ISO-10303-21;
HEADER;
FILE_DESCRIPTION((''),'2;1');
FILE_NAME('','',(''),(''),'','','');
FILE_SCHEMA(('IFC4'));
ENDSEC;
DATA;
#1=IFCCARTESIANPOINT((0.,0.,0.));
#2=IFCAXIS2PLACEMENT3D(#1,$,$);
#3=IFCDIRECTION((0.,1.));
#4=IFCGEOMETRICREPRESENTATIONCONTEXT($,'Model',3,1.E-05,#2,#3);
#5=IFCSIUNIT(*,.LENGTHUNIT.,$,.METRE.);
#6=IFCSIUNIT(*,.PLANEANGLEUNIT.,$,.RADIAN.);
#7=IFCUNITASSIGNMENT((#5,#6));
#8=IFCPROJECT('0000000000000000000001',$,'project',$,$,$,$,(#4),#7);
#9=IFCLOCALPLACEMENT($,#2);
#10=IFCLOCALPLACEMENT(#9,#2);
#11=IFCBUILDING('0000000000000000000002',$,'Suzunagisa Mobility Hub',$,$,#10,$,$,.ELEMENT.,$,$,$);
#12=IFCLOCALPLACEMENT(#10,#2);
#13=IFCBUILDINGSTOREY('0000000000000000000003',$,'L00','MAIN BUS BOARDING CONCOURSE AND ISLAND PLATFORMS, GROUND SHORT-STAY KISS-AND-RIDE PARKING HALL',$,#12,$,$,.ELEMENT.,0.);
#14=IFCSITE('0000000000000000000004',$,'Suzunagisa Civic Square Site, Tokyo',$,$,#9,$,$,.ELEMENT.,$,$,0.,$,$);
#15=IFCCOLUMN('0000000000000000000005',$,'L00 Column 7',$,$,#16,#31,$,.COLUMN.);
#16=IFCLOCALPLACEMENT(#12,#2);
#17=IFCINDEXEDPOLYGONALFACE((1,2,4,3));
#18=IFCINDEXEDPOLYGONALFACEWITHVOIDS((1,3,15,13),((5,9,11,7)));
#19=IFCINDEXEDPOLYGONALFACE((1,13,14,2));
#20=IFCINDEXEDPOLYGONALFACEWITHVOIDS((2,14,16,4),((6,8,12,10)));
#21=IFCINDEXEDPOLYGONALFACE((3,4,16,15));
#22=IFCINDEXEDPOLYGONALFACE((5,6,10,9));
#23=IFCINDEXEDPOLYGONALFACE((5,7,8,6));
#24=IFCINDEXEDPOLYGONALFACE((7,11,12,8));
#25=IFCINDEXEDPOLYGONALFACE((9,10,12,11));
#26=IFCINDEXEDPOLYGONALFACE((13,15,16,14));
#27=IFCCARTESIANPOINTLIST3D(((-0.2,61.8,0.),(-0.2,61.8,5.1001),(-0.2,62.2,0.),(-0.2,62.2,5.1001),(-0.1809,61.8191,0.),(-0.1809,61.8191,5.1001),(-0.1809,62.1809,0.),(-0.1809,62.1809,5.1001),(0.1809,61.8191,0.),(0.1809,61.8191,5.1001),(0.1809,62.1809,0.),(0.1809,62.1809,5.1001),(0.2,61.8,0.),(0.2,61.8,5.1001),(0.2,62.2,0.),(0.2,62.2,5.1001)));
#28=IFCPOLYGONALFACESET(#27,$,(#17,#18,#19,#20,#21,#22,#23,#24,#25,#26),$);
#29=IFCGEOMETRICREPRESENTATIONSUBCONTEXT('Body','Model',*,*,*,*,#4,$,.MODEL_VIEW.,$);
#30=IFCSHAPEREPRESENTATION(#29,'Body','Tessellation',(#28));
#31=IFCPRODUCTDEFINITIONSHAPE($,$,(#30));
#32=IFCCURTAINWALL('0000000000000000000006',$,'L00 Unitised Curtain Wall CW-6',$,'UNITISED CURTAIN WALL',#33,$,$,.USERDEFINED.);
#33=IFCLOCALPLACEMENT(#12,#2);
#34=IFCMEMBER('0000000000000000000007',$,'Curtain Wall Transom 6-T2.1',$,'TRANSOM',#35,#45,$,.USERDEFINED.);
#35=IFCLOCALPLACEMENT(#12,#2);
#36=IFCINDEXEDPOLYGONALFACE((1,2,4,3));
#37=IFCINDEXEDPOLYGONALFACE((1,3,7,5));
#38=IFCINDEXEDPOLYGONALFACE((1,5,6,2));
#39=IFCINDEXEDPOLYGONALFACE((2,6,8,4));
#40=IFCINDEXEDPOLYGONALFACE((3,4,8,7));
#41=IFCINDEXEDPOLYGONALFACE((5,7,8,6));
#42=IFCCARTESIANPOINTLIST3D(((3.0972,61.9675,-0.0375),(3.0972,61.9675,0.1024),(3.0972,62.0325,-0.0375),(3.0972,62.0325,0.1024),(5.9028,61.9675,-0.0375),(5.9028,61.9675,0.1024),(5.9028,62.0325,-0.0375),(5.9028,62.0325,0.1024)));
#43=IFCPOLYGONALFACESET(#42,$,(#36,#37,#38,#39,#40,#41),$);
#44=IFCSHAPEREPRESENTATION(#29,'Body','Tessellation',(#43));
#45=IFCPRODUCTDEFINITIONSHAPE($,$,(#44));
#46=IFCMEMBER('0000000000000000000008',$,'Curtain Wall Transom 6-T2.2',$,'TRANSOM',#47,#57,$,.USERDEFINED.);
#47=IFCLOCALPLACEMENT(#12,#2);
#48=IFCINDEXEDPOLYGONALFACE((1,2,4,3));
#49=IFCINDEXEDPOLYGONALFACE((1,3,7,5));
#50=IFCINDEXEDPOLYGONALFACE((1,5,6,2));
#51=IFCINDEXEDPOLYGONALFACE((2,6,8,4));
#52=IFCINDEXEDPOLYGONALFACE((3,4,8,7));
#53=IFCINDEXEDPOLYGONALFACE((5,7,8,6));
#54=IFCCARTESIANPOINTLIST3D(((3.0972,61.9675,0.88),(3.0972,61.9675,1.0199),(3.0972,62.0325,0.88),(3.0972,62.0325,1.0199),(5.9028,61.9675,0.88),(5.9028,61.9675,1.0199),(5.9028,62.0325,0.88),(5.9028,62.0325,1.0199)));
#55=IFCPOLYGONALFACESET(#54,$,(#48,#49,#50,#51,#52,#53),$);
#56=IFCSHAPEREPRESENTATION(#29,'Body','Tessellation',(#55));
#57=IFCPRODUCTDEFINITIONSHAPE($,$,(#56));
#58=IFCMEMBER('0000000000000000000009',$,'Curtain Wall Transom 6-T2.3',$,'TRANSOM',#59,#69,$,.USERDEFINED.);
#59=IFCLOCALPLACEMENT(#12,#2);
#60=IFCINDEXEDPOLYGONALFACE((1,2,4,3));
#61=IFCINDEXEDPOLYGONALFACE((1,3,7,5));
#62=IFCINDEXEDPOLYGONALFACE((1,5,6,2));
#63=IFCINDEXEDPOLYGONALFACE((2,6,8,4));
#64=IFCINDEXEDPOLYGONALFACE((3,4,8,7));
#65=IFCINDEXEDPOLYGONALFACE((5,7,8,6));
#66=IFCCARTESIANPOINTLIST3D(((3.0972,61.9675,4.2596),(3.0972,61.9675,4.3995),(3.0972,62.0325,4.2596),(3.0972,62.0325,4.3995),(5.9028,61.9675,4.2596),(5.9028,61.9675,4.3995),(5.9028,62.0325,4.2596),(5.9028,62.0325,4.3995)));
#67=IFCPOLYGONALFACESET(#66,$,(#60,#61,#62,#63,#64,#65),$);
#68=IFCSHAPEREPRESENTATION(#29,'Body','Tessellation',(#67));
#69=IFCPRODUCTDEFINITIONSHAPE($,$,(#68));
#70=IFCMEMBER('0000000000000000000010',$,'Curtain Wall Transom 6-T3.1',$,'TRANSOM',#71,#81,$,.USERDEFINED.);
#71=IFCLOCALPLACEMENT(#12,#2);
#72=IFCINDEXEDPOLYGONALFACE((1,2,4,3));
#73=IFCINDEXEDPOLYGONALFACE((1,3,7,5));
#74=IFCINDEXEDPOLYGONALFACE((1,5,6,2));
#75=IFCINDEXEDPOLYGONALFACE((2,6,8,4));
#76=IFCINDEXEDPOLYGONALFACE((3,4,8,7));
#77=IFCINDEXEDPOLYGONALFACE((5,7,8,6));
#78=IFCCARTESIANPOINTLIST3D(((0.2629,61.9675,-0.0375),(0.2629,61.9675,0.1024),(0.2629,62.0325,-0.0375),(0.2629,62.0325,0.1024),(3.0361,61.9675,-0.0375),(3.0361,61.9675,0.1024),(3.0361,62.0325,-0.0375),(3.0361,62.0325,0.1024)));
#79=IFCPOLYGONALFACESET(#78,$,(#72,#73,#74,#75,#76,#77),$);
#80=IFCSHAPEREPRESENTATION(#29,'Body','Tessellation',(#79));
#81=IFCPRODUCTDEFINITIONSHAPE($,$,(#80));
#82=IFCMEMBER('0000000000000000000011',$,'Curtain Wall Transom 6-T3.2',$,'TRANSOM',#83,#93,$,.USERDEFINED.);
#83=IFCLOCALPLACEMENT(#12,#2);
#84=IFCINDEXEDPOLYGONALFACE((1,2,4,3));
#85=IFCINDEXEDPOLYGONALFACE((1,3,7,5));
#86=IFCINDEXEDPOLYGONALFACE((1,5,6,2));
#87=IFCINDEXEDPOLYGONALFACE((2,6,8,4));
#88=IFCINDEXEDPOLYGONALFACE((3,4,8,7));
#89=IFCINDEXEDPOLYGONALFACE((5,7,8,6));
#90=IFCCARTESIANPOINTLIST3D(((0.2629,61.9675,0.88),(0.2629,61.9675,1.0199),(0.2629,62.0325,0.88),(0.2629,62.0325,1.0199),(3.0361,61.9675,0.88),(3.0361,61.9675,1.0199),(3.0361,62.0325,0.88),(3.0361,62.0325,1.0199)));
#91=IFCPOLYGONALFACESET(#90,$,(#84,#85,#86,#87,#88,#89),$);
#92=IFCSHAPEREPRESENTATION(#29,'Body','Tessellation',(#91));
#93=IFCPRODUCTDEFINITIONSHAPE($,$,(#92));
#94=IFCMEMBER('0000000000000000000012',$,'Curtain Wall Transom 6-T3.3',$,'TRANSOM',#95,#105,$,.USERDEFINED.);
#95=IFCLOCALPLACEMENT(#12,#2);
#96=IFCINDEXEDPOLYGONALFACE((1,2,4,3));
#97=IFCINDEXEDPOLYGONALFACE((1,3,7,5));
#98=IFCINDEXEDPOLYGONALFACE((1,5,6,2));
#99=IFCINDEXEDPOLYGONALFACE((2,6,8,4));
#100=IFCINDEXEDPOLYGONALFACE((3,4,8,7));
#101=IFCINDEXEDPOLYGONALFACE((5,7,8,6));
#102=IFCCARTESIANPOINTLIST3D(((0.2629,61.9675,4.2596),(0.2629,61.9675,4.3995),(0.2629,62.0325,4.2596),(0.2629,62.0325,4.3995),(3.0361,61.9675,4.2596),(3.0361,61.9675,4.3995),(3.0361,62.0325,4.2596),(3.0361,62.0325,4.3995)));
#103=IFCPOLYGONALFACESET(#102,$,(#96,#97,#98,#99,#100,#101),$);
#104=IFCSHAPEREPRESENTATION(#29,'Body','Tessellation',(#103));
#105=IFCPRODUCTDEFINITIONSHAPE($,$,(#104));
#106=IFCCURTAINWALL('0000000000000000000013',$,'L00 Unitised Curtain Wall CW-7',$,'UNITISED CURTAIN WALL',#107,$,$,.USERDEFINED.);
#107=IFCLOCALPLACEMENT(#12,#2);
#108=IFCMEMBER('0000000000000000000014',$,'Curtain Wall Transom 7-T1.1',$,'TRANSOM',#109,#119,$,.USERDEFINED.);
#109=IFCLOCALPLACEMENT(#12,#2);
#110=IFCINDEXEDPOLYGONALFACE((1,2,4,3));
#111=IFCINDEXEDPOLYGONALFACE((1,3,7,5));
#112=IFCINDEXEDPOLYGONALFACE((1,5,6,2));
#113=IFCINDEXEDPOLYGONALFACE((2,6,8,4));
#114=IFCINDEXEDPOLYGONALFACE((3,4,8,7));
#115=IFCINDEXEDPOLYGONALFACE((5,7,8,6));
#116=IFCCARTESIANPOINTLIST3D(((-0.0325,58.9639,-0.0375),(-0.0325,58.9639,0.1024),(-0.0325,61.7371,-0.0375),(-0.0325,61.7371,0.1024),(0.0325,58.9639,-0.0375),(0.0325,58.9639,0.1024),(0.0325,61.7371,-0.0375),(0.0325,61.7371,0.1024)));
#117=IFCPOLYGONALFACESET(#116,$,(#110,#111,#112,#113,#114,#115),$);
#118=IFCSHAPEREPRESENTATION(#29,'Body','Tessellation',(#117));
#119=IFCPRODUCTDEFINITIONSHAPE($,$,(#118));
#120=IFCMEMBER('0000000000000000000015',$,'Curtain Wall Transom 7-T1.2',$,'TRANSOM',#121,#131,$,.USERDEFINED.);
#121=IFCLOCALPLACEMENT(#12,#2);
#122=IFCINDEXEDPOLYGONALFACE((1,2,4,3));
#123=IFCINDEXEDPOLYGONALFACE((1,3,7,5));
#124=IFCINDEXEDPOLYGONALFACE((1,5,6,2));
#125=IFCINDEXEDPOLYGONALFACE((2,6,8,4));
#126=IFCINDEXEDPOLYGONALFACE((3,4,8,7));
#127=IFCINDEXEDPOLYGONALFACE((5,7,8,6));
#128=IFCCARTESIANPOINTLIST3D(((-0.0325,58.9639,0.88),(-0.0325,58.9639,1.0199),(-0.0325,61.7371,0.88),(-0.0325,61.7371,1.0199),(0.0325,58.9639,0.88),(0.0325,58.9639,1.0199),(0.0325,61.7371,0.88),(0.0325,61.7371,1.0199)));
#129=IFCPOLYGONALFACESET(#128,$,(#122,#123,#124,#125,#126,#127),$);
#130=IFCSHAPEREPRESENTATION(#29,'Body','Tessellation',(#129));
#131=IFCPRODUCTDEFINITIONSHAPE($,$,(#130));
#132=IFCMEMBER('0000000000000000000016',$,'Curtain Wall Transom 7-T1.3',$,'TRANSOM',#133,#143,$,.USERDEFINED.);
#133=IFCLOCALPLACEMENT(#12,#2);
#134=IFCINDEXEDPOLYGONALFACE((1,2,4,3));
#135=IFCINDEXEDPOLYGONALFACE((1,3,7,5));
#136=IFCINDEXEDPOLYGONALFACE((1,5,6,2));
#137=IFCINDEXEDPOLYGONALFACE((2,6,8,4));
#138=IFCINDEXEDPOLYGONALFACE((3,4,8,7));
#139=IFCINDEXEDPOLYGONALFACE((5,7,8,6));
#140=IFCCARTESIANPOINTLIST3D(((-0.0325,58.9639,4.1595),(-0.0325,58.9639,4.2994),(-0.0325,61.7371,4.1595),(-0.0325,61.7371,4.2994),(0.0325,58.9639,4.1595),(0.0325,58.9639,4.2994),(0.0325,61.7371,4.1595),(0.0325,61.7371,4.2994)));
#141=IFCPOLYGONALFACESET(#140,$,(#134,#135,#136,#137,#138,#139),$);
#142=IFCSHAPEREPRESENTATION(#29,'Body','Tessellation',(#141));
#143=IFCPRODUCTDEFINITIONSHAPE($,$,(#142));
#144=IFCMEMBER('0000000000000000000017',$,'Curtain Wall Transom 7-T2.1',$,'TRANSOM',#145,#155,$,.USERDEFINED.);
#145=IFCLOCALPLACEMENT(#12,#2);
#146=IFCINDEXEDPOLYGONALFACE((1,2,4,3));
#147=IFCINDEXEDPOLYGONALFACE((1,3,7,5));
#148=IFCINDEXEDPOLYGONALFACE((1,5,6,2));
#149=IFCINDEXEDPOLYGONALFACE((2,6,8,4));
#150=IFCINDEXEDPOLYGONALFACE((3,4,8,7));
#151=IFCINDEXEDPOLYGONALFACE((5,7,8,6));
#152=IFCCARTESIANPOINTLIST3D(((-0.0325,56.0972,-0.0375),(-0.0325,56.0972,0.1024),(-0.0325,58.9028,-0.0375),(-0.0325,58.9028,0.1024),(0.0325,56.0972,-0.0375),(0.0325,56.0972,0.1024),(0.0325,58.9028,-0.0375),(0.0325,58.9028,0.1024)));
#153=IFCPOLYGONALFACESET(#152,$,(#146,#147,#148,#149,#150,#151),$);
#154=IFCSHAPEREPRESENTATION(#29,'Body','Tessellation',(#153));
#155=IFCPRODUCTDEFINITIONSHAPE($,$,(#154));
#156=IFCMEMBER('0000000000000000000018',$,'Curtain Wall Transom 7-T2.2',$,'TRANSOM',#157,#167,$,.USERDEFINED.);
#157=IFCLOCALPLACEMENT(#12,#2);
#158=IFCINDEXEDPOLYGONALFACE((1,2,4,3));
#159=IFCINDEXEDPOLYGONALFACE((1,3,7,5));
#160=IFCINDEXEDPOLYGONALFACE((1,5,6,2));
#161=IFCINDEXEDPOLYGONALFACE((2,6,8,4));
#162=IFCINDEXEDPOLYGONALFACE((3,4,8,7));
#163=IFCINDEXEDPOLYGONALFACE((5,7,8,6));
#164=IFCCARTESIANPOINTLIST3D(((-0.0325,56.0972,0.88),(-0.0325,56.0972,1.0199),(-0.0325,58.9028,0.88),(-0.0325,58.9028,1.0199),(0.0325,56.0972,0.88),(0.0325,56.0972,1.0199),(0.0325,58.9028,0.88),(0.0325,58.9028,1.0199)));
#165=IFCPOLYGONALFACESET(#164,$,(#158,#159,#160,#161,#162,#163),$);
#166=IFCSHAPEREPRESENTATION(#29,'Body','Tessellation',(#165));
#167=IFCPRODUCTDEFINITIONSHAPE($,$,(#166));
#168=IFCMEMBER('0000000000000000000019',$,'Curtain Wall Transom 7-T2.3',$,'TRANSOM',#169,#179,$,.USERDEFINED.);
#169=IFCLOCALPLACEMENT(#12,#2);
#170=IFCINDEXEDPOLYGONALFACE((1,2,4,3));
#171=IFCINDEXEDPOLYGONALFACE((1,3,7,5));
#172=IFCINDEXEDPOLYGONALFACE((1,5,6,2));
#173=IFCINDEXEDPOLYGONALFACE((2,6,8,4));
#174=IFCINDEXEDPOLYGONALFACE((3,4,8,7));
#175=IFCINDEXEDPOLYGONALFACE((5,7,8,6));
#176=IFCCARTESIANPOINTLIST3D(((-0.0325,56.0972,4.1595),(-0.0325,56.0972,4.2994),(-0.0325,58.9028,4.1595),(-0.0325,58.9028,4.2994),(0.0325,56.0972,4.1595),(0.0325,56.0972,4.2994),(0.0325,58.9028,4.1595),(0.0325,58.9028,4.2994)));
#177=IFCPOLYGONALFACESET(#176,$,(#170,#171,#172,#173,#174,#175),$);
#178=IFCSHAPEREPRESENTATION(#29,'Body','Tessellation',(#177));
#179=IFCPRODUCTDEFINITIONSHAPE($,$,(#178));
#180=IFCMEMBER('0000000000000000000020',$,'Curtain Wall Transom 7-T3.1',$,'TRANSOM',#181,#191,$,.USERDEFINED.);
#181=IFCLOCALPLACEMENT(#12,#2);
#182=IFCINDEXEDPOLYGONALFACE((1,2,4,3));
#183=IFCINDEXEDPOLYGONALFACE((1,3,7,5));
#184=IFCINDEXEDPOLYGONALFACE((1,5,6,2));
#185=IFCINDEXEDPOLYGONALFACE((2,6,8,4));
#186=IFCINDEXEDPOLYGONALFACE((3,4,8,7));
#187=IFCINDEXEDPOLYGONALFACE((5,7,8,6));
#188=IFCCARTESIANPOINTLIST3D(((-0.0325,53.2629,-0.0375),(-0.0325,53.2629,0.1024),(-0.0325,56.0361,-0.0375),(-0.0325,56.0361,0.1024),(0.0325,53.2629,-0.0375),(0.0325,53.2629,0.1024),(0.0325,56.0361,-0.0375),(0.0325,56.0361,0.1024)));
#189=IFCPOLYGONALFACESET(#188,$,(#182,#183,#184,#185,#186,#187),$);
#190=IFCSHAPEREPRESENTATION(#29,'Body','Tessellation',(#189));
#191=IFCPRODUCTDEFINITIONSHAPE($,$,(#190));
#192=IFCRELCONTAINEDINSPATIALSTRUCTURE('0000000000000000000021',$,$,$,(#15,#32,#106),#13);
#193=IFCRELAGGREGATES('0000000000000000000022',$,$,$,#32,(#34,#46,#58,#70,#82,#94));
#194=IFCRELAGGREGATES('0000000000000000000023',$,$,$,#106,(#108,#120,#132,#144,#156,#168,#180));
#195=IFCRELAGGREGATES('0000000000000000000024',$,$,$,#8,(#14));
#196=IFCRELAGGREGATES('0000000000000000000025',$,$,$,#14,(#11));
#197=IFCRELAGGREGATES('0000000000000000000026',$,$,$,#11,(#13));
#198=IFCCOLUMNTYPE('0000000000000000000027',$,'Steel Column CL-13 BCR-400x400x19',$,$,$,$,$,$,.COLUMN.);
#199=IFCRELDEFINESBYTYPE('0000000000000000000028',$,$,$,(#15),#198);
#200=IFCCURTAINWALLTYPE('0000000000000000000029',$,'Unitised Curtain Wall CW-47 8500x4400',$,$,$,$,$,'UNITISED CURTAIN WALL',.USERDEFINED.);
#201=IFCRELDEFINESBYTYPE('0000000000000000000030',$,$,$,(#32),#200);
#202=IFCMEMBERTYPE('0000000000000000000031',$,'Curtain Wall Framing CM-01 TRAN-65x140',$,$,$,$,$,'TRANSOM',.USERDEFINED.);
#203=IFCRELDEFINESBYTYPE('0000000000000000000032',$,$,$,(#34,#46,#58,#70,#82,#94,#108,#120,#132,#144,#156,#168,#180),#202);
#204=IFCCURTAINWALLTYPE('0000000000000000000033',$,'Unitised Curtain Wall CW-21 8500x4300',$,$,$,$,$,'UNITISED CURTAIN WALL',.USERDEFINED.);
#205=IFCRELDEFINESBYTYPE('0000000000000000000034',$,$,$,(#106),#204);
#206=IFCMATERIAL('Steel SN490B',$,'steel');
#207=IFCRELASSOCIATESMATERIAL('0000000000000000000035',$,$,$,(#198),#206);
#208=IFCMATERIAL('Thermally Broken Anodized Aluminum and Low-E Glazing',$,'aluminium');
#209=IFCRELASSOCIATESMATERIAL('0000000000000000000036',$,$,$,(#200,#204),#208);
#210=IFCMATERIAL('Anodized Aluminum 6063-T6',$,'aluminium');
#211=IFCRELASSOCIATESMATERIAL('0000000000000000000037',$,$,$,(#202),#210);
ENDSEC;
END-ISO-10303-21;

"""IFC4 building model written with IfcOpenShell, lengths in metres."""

from ifc_helpers import new_model, si_unit, direction, frame, origin, origin_2d, place, context, subcontext, project, spatial, rectangle, hollow_rectangle, extrude, material, material_profile, profile_set, type_object, element, aggregate, save


model = new_model("IFC4")

# Units and contexts
model_context = context("Model", 3, precision=1e-05, world=origin(), true_north=direction((0.0, 1.0)))
body_context = subcontext(model_context, "Body", "Model", "MODEL_VIEW")
ifc_project = project(units=[si_unit("LENGTHUNIT", "METRE"), si_unit("PLANEANGLEUNIT", "RADIAN")], contexts=[model_context])

# Site, building, storey
site_placement = place(None, origin())
site = spatial("IfcSite", under=ifc_project, at=site_placement, Name="Suzunagisa Civic Square Site, Tokyo", CompositionType="ELEMENT", RefElevation=0.0)
building_placement = place(site_placement, origin())
building = spatial("IfcBuilding", under=site, at=building_placement, Name="Suzunagisa Mobility Hub", CompositionType="ELEMENT")
storey_placement = place(building_placement, origin())
storey = spatial("IfcBuildingStorey", under=building, at=storey_placement, Name="L00", Description="MAIN BUS BOARDING CONCOURSE AND ISLAND PLATFORMS, GROUND SHORT-STAY KISS-AND-RIDE PARKING HALL", CompositionType="ELEMENT", Elevation=0.0)

# Column
ifc_material_1 = material(Name="Steel SN490B", Category="steel")
ifc_material_profile_1 = material_profile(ifc_material_1, hollow_rectangle(XDim=0.3999, YDim=0.3999, WallThickness=0.019, at=origin_2d()), Name="BCR-400x400x19")
ifc_profile_set_1 = profile_set([ifc_material_profile_1], Name="Steel SN490B")
column_type = type_object("IfcColumnType", Name="Steel Column CL-13 BCR-400x400x19", PredefinedType="COLUMN", material=ifc_profile_set_1)
column_placement = place(storey_placement, frame((0.0, 62.0, 0.0), z_axis=(0.0, 0.0, 1.0), x_axis=(1.0, 0.0, 0.0)))
element("IfcColumn", 1, at=column_placement, inside=storey, type_object=column_type, Name="L00 Column 7", PredefinedType="COLUMN", context=body_context, shape_type="SweptSolid", body=[
    extrude(hollow_rectangle(XDim=0.3999, YDim=0.3999, WallThickness=0.019, at=origin_2d()), origin(), (0.0, 0.0, 1.0), 5.1001),
])

# Curtain walls, members
ifc_material_2 = material(Name="Thermally Broken Anodized Aluminum and Low-E Glazing", Category="aluminium")
curtain_wall_type_1 = type_object("IfcCurtainWallType", Name="Unitised Curtain Wall CW-47 8500x4400", ElementType="UNITISED CURTAIN WALL", PredefinedType="USERDEFINED", material=ifc_material_2)
curtain_wall_1_placement = place(storey_placement, origin())
curtain_wall_1 = element("IfcCurtainWall", 2, at=curtain_wall_1_placement, inside=storey, type_object=curtain_wall_type_1, Name="L00 Unitised Curtain Wall CW-6", ObjectType="UNITISED CURTAIN WALL", PredefinedType="USERDEFINED")
ifc_material_3 = material(Name="Anodized Aluminum 6063-T6", Category="aluminium")
ifc_material_profile_2 = material_profile(ifc_material_3, rectangle(XDim=0.0649, YDim=0.1399, at=origin_2d()), Name="TRAN-65x140")
ifc_profile_set_2 = profile_set([ifc_material_profile_2], Name="Anodized Aluminum 6063-T6")
member_type_1 = type_object("IfcMemberType", Name="Curtain Wall Framing CM-01 TRAN-65x140", ElementType="TRANSOM", PredefinedType="USERDEFINED", material=ifc_profile_set_2)
member_1_placement = place(storey_placement, frame((5.9028, 62.0, 0.0325), z_axis=(-1.0, 0.0, 0.0), x_axis=(0.0, -1.0, 0.0)))
member_1 = element("IfcMember", 3, at=member_1_placement, type_object=member_type_1, Name="Curtain Wall Transom 6-T2.1", ObjectType="TRANSOM", PredefinedType="USERDEFINED", context=body_context, shape_type="SweptSolid", body=[
    extrude(rectangle(XDim=0.0649, YDim=0.1399, at=origin_2d()), origin(), (0.0, 0.0, 1.0), 2.8057),
])
member_2_placement = place(storey_placement, frame((5.9028, 62.0, 0.95), z_axis=(-1.0, 0.0, 0.0), x_axis=(0.0, -1.0, 0.0)))
member_2 = element("IfcMember", 4, at=member_2_placement, type_object=member_type_1, Name="Curtain Wall Transom 6-T2.2", ObjectType="TRANSOM", PredefinedType="USERDEFINED", context=body_context, shape_type="SweptSolid", body=[
    extrude(rectangle(XDim=0.0649, YDim=0.1399, at=origin_2d()), origin(), (0.0, 0.0, 1.0), 2.8057),
])
member_3_placement = place(storey_placement, frame((5.9028, 62.0, 4.3296), z_axis=(-1.0, 0.0, 0.0), x_axis=(0.0, -1.0, 0.0)))
member_3 = element("IfcMember", 5, at=member_3_placement, type_object=member_type_1, Name="Curtain Wall Transom 6-T2.3", ObjectType="TRANSOM", PredefinedType="USERDEFINED", context=body_context, shape_type="SweptSolid", body=[
    extrude(rectangle(XDim=0.0649, YDim=0.1399, at=origin_2d()), origin(), (0.0, 0.0, 1.0), 2.8057),
])
member_4_placement = place(storey_placement, frame((3.0361, 62.0, 0.0325), z_axis=(-1.0, 0.0, 0.0), x_axis=(0.0, -1.0, 0.0)))
member_4 = element("IfcMember", 6, at=member_4_placement, type_object=member_type_1, Name="Curtain Wall Transom 6-T3.1", ObjectType="TRANSOM", PredefinedType="USERDEFINED", context=body_context, shape_type="SweptSolid", body=[
    extrude(rectangle(XDim=0.0649, YDim=0.1399, at=origin_2d()), origin(), (0.0, 0.0, 1.0), 2.7732),
])
member_5_placement = place(storey_placement, frame((3.0361, 62.0, 0.95), z_axis=(-1.0, 0.0, 0.0), x_axis=(0.0, -1.0, 0.0)))
member_5 = element("IfcMember", 7, at=member_5_placement, type_object=member_type_1, Name="Curtain Wall Transom 6-T3.2", ObjectType="TRANSOM", PredefinedType="USERDEFINED", context=body_context, shape_type="SweptSolid", body=[
    extrude(rectangle(XDim=0.0649, YDim=0.1399, at=origin_2d()), origin(), (0.0, 0.0, 1.0), 2.7732),
])
member_6_placement = place(storey_placement, frame((3.0361, 62.0, 4.3296), z_axis=(-1.0, 0.0, 0.0), x_axis=(0.0, -1.0, 0.0)))
member_6 = element("IfcMember", 8, at=member_6_placement, type_object=member_type_1, Name="Curtain Wall Transom 6-T3.3", ObjectType="TRANSOM", PredefinedType="USERDEFINED", context=body_context, shape_type="SweptSolid", body=[
    extrude(rectangle(XDim=0.0649, YDim=0.1399, at=origin_2d()), origin(), (0.0, 0.0, 1.0), 2.7732),
])
curtain_wall_type_2 = type_object("IfcCurtainWallType", Name="Unitised Curtain Wall CW-21 8500x4300", ElementType="UNITISED CURTAIN WALL", PredefinedType="USERDEFINED", material=ifc_material_2)
curtain_wall_2_placement = place(storey_placement, origin())
curtain_wall_2 = element("IfcCurtainWall", 9, at=curtain_wall_2_placement, inside=storey, type_object=curtain_wall_type_2, Name="L00 Unitised Curtain Wall CW-7", ObjectType="UNITISED CURTAIN WALL", PredefinedType="USERDEFINED")
member_7_placement = place(storey_placement, frame((0.0, 61.7371, 0.0325), z_axis=(0.0, -1.0, 0.0), x_axis=(1.0, 0.0, 0.0)))
member_7 = element("IfcMember", 10, at=member_7_placement, type_object=member_type_1, Name="Curtain Wall Transom 7-T1.1", ObjectType="TRANSOM", PredefinedType="USERDEFINED", context=body_context, shape_type="SweptSolid", body=[
    extrude(rectangle(XDim=0.0649, YDim=0.1399, at=origin_2d()), origin(), (0.0, 0.0, 1.0), 2.7732),
])
member_8_placement = place(storey_placement, frame((0.0, 61.7371, 0.95), z_axis=(0.0, -1.0, 0.0), x_axis=(1.0, 0.0, 0.0)))
member_8 = element("IfcMember", 11, at=member_8_placement, type_object=member_type_1, Name="Curtain Wall Transom 7-T1.2", ObjectType="TRANSOM", PredefinedType="USERDEFINED", context=body_context, shape_type="SweptSolid", body=[
    extrude(rectangle(XDim=0.0649, YDim=0.1399, at=origin_2d()), origin(), (0.0, 0.0, 1.0), 2.7732),
])
member_9_placement = place(storey_placement, frame((0.0, 61.7371, 4.2295), z_axis=(0.0, -1.0, 0.0), x_axis=(1.0, 0.0, 0.0)))
member_9 = element("IfcMember", 12, at=member_9_placement, type_object=member_type_1, Name="Curtain Wall Transom 7-T1.3", ObjectType="TRANSOM", PredefinedType="USERDEFINED", context=body_context, shape_type="SweptSolid", body=[
    extrude(rectangle(XDim=0.0649, YDim=0.1399, at=origin_2d()), origin(), (0.0, 0.0, 1.0), 2.7732),
])
member_10_placement = place(storey_placement, frame((0.0, 58.9028, 0.0325), z_axis=(0.0, -1.0, 0.0), x_axis=(1.0, 0.0, 0.0)))
member_10 = element("IfcMember", 13, at=member_10_placement, type_object=member_type_1, Name="Curtain Wall Transom 7-T2.1", ObjectType="TRANSOM", PredefinedType="USERDEFINED", context=body_context, shape_type="SweptSolid", body=[
    extrude(rectangle(XDim=0.0649, YDim=0.1399, at=origin_2d()), origin(), (0.0, 0.0, 1.0), 2.8057),
])
member_11_placement = place(storey_placement, frame((0.0, 58.9028, 0.95), z_axis=(0.0, -1.0, 0.0), x_axis=(1.0, 0.0, 0.0)))
member_11 = element("IfcMember", 14, at=member_11_placement, type_object=member_type_1, Name="Curtain Wall Transom 7-T2.2", ObjectType="TRANSOM", PredefinedType="USERDEFINED", context=body_context, shape_type="SweptSolid", body=[
    extrude(rectangle(XDim=0.0649, YDim=0.1399, at=origin_2d()), origin(), (0.0, 0.0, 1.0), 2.8057),
])
member_12_placement = place(storey_placement, frame((0.0, 58.9028, 4.2295), z_axis=(0.0, -1.0, 0.0), x_axis=(1.0, 0.0, 0.0)))
member_12 = element("IfcMember", 15, at=member_12_placement, type_object=member_type_1, Name="Curtain Wall Transom 7-T2.3", ObjectType="TRANSOM", PredefinedType="USERDEFINED", context=body_context, shape_type="SweptSolid", body=[
    extrude(rectangle(XDim=0.0649, YDim=0.1399, at=origin_2d()), origin(), (0.0, 0.0, 1.0), 2.8057),
])
member_13_placement = place(storey_placement, frame((0.0, 56.0361, 0.0325), z_axis=(0.0, -1.0, 0.0), x_axis=(1.0, 0.0, 0.0)))
member_13 = element("IfcMember", 16, at=member_13_placement, type_object=member_type_1, Name="Curtain Wall Transom 7-T3.1", ObjectType="TRANSOM", PredefinedType="USERDEFINED", context=body_context, shape_type="SweptSolid", body=[
    extrude(rectangle(XDim=0.0649, YDim=0.1399, at=origin_2d()), origin(), (0.0, 0.0, 1.0), 2.7732),
])

aggregate(curtain_wall_1, [member_1, member_2, member_3, member_4, member_5, member_6])
aggregate(curtain_wall_2, [member_7, member_8, member_9, member_10, member_11, member_12, member_13])

save(model, "model.ifc")
